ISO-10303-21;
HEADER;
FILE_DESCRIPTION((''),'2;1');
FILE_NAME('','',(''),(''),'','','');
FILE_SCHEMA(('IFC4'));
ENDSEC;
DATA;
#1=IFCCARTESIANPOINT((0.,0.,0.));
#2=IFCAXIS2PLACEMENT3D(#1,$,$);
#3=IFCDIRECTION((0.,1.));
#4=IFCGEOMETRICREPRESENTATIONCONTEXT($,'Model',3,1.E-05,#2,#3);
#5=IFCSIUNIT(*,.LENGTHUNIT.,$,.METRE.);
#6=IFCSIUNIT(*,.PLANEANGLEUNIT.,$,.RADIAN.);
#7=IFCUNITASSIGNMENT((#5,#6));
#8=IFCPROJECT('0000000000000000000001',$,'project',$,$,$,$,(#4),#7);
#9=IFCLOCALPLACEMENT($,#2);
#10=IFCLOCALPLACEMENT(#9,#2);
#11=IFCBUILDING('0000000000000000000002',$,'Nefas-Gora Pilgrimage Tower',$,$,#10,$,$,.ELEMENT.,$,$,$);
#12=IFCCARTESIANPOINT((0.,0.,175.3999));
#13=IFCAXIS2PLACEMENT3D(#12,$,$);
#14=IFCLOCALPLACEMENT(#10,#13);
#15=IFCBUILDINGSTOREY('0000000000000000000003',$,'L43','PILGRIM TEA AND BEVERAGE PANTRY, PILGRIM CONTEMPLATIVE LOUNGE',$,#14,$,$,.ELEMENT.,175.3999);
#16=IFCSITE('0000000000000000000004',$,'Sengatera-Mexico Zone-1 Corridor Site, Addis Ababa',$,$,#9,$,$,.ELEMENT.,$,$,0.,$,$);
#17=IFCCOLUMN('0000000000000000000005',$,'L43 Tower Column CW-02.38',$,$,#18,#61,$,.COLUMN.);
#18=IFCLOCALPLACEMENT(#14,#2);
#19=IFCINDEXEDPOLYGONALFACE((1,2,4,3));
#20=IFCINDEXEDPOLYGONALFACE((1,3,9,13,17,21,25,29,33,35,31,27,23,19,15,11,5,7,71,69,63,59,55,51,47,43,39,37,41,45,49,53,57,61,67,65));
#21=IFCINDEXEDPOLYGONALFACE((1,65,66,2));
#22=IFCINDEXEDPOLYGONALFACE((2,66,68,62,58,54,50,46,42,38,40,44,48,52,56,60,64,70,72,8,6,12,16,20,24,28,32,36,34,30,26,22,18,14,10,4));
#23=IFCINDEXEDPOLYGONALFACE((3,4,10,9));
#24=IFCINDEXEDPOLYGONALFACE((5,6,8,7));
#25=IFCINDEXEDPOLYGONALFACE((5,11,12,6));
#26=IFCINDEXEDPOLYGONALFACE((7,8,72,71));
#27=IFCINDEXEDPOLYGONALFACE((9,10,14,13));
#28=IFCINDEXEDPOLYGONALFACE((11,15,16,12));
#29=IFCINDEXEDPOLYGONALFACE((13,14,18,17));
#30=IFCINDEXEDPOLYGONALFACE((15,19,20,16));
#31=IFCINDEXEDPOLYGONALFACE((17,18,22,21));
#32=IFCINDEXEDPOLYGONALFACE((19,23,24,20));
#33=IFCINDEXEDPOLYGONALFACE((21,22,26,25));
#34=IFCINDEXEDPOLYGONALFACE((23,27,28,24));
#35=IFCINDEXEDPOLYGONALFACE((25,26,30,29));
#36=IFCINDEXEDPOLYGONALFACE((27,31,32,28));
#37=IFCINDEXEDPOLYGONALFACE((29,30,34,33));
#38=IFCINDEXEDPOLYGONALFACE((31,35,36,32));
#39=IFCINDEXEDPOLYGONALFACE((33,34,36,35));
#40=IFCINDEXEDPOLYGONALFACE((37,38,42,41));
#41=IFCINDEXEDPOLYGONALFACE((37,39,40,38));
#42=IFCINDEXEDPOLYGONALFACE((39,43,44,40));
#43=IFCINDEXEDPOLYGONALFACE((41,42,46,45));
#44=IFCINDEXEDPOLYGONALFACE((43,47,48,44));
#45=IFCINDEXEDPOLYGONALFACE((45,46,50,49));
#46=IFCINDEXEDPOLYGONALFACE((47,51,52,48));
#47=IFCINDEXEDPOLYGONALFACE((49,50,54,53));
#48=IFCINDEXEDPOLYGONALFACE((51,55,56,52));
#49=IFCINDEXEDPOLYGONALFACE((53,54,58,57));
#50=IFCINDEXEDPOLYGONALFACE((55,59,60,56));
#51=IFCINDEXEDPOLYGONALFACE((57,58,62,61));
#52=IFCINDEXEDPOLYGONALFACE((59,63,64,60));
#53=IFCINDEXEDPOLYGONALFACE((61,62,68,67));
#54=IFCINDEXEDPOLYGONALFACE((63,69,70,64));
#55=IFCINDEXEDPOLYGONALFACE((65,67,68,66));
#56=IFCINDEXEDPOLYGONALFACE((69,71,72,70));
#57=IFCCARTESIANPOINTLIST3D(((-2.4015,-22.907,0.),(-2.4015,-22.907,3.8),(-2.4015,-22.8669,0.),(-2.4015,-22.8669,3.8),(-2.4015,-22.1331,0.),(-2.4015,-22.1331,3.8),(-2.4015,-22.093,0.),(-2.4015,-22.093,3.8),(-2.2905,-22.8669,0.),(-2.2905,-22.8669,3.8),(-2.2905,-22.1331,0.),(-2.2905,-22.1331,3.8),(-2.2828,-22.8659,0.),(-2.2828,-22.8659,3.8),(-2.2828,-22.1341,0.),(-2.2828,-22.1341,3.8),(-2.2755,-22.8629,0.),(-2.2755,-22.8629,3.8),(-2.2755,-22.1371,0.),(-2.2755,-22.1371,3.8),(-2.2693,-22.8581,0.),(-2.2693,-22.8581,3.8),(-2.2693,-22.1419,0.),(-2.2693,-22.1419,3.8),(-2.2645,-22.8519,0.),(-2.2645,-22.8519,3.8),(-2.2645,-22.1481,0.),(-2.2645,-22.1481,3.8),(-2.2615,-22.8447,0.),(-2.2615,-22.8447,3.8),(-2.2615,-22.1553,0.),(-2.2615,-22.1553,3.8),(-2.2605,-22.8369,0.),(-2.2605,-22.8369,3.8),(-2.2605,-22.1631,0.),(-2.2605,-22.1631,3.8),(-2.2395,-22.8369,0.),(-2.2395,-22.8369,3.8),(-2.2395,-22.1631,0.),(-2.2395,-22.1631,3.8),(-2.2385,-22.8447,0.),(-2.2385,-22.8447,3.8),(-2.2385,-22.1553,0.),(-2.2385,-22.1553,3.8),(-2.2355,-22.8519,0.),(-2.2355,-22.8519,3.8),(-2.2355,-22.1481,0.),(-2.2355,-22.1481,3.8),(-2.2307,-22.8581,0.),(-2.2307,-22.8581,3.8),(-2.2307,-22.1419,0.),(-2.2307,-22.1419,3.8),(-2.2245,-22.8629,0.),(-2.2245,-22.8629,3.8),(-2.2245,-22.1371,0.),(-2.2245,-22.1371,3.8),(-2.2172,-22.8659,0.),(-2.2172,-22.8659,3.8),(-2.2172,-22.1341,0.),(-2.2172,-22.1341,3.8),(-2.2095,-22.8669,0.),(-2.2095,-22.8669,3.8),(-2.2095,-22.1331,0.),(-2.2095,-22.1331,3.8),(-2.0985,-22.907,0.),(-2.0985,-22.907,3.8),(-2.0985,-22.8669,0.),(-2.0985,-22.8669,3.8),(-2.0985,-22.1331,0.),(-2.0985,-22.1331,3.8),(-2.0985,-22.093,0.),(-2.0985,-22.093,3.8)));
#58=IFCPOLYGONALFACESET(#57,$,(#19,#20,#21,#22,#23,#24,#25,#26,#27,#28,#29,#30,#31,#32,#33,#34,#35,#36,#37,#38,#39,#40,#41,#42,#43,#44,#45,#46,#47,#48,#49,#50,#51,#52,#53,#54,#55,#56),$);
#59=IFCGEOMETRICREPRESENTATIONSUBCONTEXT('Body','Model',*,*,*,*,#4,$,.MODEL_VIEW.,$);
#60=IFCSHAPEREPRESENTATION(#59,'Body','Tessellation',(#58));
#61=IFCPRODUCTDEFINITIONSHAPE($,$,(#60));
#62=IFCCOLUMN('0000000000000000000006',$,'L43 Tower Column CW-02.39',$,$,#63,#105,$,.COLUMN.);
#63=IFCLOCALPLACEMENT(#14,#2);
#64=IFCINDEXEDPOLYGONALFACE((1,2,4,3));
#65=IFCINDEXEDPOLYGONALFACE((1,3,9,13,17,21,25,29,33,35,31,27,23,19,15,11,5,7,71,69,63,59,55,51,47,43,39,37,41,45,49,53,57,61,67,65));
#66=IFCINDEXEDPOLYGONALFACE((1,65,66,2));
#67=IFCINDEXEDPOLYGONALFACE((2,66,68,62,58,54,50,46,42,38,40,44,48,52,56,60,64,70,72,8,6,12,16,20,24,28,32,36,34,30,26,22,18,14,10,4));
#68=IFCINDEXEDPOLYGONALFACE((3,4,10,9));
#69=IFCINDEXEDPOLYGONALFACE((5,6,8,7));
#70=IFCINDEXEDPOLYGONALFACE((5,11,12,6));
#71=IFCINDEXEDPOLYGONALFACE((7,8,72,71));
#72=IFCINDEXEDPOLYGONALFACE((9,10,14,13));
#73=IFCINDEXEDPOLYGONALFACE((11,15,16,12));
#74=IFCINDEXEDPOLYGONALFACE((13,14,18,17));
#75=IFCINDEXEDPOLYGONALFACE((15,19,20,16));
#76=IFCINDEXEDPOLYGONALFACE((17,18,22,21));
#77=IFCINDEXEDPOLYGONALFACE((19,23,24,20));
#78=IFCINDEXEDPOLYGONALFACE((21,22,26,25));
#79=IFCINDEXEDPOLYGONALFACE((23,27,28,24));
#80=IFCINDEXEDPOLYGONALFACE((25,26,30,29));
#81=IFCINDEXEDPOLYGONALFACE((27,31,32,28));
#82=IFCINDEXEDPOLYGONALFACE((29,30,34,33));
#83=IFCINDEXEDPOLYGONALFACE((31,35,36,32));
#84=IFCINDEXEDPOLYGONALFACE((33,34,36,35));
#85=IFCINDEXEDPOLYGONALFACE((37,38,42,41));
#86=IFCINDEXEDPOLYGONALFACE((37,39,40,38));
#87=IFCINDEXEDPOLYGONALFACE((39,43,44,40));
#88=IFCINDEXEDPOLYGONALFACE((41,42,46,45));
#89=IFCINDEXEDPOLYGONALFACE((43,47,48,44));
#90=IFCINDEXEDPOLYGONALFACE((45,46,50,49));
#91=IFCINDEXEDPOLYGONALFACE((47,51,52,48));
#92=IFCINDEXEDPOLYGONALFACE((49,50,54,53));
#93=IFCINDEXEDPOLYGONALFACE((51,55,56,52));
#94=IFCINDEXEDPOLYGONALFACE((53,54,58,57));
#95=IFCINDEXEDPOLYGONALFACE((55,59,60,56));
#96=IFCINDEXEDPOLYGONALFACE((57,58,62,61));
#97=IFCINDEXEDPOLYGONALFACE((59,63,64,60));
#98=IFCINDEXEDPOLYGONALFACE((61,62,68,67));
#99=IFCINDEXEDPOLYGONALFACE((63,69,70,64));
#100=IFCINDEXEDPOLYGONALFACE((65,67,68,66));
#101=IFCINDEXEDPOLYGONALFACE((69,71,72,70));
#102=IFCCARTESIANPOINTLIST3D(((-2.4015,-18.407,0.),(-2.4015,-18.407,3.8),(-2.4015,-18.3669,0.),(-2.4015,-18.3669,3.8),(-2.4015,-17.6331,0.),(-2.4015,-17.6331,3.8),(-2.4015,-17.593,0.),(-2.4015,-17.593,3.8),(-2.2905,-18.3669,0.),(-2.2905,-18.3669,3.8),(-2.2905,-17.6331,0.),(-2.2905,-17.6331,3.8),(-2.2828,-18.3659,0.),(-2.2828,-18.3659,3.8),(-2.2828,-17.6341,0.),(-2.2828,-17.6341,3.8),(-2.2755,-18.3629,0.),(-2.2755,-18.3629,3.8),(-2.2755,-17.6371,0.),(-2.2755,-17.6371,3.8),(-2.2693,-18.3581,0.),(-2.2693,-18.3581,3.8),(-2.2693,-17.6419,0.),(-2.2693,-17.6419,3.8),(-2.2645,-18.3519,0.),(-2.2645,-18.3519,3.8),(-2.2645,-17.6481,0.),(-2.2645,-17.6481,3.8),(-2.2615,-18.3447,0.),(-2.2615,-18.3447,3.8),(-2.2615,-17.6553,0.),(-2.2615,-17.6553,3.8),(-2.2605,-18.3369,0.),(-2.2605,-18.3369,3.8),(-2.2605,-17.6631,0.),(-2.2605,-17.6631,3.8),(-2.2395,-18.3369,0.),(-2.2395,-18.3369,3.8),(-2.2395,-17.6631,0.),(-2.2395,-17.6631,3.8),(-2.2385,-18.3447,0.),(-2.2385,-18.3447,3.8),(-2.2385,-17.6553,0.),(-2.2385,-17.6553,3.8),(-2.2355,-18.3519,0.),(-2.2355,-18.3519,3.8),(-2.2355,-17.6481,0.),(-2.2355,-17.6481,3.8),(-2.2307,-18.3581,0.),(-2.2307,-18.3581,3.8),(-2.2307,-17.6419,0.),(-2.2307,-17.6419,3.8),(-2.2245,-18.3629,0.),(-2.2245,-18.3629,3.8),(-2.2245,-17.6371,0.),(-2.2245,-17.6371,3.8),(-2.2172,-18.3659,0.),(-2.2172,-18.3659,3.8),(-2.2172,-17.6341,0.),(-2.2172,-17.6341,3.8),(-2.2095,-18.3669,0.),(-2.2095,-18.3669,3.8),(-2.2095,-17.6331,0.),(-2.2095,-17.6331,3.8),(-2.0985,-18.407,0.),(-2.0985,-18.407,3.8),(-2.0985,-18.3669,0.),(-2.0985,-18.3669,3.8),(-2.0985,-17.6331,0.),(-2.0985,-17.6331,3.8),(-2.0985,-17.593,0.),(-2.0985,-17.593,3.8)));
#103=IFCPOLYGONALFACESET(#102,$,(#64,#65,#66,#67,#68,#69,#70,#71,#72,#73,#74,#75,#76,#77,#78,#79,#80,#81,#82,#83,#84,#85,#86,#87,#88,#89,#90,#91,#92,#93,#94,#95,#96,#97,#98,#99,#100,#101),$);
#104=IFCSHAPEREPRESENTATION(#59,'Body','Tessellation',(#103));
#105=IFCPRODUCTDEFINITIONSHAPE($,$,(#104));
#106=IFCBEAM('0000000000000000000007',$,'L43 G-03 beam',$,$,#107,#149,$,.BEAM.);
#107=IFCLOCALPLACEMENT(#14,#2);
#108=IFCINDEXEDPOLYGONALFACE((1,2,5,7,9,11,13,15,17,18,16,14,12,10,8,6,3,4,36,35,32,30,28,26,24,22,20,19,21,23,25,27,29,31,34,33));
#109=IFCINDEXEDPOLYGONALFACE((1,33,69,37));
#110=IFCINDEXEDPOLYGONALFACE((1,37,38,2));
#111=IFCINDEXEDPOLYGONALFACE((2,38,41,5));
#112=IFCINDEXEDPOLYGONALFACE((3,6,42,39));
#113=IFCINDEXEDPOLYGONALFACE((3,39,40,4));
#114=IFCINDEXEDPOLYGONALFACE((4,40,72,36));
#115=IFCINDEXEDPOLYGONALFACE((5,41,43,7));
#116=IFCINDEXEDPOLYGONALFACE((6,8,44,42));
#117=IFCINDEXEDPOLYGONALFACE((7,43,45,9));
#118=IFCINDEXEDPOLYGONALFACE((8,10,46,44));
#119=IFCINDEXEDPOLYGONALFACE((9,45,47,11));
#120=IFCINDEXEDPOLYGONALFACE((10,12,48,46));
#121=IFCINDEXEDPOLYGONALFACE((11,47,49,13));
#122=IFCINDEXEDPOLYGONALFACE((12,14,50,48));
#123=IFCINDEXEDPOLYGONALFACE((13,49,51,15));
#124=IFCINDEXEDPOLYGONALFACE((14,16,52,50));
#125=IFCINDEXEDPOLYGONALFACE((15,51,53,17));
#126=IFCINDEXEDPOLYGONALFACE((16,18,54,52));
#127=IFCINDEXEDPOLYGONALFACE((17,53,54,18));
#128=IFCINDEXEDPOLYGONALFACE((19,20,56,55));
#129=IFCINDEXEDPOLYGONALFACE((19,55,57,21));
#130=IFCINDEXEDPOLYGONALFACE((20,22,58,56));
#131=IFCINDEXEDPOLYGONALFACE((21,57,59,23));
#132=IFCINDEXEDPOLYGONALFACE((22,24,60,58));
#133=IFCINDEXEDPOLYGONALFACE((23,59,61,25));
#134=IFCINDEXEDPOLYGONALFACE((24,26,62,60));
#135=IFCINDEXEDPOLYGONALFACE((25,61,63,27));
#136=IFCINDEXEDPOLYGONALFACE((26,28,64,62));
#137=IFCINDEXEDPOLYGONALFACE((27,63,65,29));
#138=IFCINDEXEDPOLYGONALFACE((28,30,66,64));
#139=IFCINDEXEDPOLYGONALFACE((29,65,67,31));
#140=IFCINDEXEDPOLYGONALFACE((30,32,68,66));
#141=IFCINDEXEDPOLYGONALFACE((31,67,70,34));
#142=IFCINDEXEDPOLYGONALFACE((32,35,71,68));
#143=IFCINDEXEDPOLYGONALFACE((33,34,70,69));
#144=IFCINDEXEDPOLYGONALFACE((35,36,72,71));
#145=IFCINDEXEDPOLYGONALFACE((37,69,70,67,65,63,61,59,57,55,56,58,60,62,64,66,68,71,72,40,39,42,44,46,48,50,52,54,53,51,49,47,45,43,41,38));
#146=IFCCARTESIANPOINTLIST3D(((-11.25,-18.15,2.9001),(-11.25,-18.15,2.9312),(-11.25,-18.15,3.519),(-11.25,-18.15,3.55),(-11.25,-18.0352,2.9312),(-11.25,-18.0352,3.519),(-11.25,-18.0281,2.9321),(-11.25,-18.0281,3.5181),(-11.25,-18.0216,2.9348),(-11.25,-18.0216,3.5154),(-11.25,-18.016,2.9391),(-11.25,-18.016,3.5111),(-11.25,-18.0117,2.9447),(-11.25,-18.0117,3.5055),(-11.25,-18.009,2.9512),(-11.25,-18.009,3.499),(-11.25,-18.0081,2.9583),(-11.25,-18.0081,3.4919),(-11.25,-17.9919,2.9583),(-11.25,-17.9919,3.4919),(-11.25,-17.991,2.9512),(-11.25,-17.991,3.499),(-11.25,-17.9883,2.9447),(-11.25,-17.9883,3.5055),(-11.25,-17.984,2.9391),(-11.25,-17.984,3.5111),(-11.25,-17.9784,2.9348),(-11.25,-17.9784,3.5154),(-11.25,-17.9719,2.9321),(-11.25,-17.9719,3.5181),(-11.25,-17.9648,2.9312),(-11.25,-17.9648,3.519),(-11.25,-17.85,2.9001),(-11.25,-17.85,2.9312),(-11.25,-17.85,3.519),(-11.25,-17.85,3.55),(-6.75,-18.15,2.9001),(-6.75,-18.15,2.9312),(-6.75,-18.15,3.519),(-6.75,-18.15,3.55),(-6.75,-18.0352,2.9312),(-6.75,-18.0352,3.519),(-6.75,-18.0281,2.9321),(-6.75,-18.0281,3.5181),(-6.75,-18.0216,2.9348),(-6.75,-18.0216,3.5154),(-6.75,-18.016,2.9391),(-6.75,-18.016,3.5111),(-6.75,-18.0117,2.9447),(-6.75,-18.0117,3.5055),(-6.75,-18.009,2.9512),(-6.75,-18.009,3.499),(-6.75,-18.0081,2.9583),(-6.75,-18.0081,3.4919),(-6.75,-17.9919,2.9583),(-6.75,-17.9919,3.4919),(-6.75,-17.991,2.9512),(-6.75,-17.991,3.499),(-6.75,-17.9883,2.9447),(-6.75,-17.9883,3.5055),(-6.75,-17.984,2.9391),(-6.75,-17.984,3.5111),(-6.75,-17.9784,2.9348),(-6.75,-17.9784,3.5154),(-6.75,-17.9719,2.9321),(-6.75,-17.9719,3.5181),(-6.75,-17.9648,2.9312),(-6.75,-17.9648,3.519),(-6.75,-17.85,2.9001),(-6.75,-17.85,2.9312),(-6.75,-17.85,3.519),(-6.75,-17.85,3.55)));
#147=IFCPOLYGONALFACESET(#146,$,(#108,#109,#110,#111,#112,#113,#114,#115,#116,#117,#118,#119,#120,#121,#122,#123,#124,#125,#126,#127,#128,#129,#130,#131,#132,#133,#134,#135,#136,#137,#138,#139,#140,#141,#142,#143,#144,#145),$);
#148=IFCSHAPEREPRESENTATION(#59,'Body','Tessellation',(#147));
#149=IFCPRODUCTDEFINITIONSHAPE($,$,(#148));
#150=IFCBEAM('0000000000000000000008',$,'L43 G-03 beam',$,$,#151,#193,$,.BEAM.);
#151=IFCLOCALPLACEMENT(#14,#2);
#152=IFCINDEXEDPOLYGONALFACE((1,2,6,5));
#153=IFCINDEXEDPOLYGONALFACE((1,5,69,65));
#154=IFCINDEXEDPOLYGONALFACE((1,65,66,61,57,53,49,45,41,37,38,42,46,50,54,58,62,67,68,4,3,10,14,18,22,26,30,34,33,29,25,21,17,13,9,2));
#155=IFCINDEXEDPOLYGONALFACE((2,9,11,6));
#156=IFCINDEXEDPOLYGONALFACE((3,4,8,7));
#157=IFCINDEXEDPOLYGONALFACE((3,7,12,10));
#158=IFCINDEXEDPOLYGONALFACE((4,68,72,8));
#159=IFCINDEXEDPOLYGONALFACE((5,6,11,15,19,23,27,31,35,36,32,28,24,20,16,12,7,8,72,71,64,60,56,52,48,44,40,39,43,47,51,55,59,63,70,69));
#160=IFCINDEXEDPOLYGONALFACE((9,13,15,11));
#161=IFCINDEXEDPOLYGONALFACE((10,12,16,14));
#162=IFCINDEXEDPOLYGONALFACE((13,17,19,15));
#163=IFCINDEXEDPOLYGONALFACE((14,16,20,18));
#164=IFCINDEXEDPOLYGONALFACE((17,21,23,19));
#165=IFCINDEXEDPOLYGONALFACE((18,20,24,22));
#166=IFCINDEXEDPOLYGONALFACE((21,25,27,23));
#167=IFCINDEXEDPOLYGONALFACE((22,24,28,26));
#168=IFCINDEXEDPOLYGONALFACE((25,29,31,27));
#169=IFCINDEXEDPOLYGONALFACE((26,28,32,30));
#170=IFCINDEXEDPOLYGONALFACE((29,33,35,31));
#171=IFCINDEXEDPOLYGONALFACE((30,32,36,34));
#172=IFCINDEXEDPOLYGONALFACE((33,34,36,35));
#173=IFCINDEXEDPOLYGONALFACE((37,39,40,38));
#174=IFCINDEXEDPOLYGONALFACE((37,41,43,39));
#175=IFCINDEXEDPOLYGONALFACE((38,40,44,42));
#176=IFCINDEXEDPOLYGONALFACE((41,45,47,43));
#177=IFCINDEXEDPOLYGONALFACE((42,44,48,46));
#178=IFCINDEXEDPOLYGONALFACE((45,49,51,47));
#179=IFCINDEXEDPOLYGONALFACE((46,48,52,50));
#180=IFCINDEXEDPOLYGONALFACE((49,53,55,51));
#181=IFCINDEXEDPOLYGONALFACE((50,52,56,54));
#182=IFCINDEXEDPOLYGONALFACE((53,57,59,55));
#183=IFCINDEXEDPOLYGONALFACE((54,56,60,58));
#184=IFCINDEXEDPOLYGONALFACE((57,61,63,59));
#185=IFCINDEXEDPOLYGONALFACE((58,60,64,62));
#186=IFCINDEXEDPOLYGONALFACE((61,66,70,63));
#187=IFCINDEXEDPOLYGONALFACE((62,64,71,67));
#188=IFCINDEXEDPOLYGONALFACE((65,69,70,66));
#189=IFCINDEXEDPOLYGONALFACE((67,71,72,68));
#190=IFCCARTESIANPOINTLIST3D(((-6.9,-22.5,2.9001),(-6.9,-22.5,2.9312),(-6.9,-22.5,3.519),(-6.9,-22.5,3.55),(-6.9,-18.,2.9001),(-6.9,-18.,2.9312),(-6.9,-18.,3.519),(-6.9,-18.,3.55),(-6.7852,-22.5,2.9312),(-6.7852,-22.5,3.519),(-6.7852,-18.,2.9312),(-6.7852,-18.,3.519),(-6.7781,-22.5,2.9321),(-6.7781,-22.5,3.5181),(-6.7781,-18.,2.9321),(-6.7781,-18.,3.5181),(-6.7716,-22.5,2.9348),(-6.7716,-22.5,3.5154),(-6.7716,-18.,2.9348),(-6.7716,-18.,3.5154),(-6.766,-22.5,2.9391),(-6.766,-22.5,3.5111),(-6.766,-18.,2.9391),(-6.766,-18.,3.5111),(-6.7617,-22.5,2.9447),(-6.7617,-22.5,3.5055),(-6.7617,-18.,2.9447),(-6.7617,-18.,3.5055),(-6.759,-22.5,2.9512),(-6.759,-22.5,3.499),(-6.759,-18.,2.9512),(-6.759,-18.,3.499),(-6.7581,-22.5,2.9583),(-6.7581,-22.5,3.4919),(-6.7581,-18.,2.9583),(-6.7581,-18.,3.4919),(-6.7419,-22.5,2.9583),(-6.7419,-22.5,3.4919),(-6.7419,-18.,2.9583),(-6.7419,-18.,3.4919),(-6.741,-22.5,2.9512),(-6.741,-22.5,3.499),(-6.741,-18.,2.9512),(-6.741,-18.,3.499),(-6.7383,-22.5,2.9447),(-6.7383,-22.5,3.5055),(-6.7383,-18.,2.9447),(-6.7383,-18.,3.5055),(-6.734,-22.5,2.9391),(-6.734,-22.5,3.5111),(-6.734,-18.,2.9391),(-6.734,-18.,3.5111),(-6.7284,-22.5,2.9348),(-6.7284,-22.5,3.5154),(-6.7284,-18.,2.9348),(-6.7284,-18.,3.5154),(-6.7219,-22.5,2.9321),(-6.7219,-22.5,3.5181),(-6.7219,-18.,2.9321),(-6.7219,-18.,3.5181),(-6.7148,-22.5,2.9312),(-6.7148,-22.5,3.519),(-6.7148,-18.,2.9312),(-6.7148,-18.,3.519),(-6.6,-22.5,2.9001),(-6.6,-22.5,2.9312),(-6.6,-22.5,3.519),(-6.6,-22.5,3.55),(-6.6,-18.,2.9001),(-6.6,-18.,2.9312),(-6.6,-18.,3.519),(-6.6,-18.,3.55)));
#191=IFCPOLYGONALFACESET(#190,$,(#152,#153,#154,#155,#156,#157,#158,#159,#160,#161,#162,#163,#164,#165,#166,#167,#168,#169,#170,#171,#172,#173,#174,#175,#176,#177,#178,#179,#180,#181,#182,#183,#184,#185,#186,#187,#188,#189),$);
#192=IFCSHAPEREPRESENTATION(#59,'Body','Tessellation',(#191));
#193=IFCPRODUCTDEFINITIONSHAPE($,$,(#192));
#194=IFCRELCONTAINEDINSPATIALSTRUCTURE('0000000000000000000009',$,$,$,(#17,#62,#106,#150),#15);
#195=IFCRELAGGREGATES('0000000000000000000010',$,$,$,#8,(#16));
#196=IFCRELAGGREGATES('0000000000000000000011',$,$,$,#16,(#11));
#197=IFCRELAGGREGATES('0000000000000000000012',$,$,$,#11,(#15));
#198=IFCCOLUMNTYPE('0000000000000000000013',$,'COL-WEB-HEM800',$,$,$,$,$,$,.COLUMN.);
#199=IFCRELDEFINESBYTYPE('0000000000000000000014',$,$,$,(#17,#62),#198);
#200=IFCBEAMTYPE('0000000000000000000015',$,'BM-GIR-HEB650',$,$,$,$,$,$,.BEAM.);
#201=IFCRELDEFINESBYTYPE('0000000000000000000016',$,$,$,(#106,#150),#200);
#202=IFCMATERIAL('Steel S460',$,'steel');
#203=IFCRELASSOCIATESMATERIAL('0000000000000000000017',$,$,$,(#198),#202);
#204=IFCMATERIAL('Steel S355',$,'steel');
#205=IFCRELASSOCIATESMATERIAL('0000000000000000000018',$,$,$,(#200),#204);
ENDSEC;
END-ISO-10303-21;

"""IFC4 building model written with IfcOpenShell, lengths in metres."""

from ifc_helpers import new_model, si_unit, direction, frame, origin, origin_2d, place, context, subcontext, project, spatial, i_section, extrude, source, transform, mapped, material, material_profile, profile_set, type_object, element, save


model = new_model("IFC4")

# Units and contexts
model_context = context("Model", 3, precision=1e-05, world=origin(), true_north=direction((0.0, 1.0)))
body_context = subcontext(model_context, "Body", "Model", "MODEL_VIEW")
ifc_project = project(units=[si_unit("LENGTHUNIT", "METRE"), si_unit("PLANEANGLEUNIT", "RADIAN")], contexts=[model_context])

# Site, building, storey
site_placement = place(None, origin())
site = spatial("IfcSite", under=ifc_project, at=site_placement, Name="Sengatera-Mexico Zone-1 Corridor Site, Addis Ababa", CompositionType="ELEMENT", RefElevation=0.0)
building_placement = place(site_placement, origin())
building = spatial("IfcBuilding", under=site, at=building_placement, Name="Nefas-Gora Pilgrimage Tower", CompositionType="ELEMENT")
storey_placement = place(building_placement, frame((0.0, 0.0, 175.3999)))
storey = spatial("IfcBuildingStorey", under=building, at=storey_placement, Name="L43", Description="PILGRIM TEA AND BEVERAGE PANTRY, PILGRIM CONTEMPLATIVE LOUNGE", CompositionType="ELEMENT", Elevation=175.3999)

# Columns
ifc_material_1 = material(Name="Steel S460", Category="steel")
ifc_material_profile_1 = material_profile(ifc_material_1, i_section(OverallWidth=0.303, OverallDepth=0.814, WebThickness=0.021, FlangeThickness=0.04, FilletRadius=0.03, at=origin_2d()), Name="HEM 800")
ifc_profile_set_1 = profile_set([ifc_material_profile_1], Name="Steel S460")
column_type_1 = type_object("IfcColumnType", Name="COL-WEB-HEM800", PredefinedType="COLUMN", material=ifc_profile_set_1)
shared_shape_1 = source(origin(), body_context, "Body", "SweptSolid", [
    extrude(i_section(OverallWidth=0.303, OverallDepth=0.814, WebThickness=0.021, FlangeThickness=0.04, FilletRadius=0.03, at=origin_2d()), origin(), (0.0, 0.0, 1.0), 3.8),
])
for number, where, z_axis, x_axis, name in (
    (1, (-2.25, -22.5, 0.0), (0.0, 0.0, 1.0), (1.0, 0.0, 0.0), "L43 Tower Column CW-02.38"),
    (2, (-2.25, -18.0, 0.0), (0.0, 0.0, 1.0), (1.0, 0.0, 0.0), "L43 Tower Column CW-02.39"),
):
    element("IfcColumn", number, at=place(storey_placement, frame(where, z_axis=z_axis, x_axis=x_axis)), inside=storey, type_object=column_type_1, Name=name, PredefinedType="COLUMN", context=body_context, shape_type="MappedRepresentation", body=[
        mapped(shared_shape_1, transform((0.0, 0.0, 0.0), x_axis=(1.0, 0.0, 0.0), y_axis=(0.0, 1.0, 0.0), z_axis=(0.0, 0.0, 1.0), scale=1.0)),
    ])

# Beams
ifc_material_2 = material(Name="Steel S355", Category="steel")
ifc_material_profile_2 = material_profile(ifc_material_2, i_section(OverallWidth=0.3, OverallDepth=0.6499, WebThickness=0.0161, FlangeThickness=0.031, FilletRadius=0.0271, at=origin_2d()), Name="HEB 650")
ifc_profile_set_2 = profile_set([ifc_material_profile_2], Name="Steel S355")
beam_type = type_object("IfcBeamType", Name="BM-GIR-HEB650", PredefinedType="BEAM", material=ifc_profile_set_2)
shared_shape_2 = source(origin(), body_context, "Body", "SweptSolid", [
    extrude(i_section(OverallWidth=0.3, OverallDepth=0.6499, WebThickness=0.0161, FlangeThickness=0.031, FilletRadius=0.0271, at=origin_2d()), origin(), (0.0, 0.0, 1.0), 4.5),
])
for number, where, z_axis, x_axis, name in (
    (3, (-11.25, -18.0, 3.2251), (1.0, 0.0, 0.0), (0.0, 1.0, 0.0), "L43 G-03 beam"),
    (4, (-6.75, -22.5, 3.2251), (0.0, 1.0, 0.0), (-1.0, 0.0, 0.0), "L43 G-03 beam"),
):
    element("IfcBeam", number, at=place(storey_placement, frame(where, z_axis=z_axis, x_axis=x_axis)), inside=storey, type_object=beam_type, Name=name, PredefinedType="BEAM", context=body_context, shape_type="MappedRepresentation", body=[
        mapped(shared_shape_2, transform((0.0, 0.0, 0.0), x_axis=(1.0, 0.0, 0.0), y_axis=(0.0, 1.0, 0.0), z_axis=(0.0, 0.0, 1.0), scale=1.0)),
    ])

save(model, "model.ifc")
